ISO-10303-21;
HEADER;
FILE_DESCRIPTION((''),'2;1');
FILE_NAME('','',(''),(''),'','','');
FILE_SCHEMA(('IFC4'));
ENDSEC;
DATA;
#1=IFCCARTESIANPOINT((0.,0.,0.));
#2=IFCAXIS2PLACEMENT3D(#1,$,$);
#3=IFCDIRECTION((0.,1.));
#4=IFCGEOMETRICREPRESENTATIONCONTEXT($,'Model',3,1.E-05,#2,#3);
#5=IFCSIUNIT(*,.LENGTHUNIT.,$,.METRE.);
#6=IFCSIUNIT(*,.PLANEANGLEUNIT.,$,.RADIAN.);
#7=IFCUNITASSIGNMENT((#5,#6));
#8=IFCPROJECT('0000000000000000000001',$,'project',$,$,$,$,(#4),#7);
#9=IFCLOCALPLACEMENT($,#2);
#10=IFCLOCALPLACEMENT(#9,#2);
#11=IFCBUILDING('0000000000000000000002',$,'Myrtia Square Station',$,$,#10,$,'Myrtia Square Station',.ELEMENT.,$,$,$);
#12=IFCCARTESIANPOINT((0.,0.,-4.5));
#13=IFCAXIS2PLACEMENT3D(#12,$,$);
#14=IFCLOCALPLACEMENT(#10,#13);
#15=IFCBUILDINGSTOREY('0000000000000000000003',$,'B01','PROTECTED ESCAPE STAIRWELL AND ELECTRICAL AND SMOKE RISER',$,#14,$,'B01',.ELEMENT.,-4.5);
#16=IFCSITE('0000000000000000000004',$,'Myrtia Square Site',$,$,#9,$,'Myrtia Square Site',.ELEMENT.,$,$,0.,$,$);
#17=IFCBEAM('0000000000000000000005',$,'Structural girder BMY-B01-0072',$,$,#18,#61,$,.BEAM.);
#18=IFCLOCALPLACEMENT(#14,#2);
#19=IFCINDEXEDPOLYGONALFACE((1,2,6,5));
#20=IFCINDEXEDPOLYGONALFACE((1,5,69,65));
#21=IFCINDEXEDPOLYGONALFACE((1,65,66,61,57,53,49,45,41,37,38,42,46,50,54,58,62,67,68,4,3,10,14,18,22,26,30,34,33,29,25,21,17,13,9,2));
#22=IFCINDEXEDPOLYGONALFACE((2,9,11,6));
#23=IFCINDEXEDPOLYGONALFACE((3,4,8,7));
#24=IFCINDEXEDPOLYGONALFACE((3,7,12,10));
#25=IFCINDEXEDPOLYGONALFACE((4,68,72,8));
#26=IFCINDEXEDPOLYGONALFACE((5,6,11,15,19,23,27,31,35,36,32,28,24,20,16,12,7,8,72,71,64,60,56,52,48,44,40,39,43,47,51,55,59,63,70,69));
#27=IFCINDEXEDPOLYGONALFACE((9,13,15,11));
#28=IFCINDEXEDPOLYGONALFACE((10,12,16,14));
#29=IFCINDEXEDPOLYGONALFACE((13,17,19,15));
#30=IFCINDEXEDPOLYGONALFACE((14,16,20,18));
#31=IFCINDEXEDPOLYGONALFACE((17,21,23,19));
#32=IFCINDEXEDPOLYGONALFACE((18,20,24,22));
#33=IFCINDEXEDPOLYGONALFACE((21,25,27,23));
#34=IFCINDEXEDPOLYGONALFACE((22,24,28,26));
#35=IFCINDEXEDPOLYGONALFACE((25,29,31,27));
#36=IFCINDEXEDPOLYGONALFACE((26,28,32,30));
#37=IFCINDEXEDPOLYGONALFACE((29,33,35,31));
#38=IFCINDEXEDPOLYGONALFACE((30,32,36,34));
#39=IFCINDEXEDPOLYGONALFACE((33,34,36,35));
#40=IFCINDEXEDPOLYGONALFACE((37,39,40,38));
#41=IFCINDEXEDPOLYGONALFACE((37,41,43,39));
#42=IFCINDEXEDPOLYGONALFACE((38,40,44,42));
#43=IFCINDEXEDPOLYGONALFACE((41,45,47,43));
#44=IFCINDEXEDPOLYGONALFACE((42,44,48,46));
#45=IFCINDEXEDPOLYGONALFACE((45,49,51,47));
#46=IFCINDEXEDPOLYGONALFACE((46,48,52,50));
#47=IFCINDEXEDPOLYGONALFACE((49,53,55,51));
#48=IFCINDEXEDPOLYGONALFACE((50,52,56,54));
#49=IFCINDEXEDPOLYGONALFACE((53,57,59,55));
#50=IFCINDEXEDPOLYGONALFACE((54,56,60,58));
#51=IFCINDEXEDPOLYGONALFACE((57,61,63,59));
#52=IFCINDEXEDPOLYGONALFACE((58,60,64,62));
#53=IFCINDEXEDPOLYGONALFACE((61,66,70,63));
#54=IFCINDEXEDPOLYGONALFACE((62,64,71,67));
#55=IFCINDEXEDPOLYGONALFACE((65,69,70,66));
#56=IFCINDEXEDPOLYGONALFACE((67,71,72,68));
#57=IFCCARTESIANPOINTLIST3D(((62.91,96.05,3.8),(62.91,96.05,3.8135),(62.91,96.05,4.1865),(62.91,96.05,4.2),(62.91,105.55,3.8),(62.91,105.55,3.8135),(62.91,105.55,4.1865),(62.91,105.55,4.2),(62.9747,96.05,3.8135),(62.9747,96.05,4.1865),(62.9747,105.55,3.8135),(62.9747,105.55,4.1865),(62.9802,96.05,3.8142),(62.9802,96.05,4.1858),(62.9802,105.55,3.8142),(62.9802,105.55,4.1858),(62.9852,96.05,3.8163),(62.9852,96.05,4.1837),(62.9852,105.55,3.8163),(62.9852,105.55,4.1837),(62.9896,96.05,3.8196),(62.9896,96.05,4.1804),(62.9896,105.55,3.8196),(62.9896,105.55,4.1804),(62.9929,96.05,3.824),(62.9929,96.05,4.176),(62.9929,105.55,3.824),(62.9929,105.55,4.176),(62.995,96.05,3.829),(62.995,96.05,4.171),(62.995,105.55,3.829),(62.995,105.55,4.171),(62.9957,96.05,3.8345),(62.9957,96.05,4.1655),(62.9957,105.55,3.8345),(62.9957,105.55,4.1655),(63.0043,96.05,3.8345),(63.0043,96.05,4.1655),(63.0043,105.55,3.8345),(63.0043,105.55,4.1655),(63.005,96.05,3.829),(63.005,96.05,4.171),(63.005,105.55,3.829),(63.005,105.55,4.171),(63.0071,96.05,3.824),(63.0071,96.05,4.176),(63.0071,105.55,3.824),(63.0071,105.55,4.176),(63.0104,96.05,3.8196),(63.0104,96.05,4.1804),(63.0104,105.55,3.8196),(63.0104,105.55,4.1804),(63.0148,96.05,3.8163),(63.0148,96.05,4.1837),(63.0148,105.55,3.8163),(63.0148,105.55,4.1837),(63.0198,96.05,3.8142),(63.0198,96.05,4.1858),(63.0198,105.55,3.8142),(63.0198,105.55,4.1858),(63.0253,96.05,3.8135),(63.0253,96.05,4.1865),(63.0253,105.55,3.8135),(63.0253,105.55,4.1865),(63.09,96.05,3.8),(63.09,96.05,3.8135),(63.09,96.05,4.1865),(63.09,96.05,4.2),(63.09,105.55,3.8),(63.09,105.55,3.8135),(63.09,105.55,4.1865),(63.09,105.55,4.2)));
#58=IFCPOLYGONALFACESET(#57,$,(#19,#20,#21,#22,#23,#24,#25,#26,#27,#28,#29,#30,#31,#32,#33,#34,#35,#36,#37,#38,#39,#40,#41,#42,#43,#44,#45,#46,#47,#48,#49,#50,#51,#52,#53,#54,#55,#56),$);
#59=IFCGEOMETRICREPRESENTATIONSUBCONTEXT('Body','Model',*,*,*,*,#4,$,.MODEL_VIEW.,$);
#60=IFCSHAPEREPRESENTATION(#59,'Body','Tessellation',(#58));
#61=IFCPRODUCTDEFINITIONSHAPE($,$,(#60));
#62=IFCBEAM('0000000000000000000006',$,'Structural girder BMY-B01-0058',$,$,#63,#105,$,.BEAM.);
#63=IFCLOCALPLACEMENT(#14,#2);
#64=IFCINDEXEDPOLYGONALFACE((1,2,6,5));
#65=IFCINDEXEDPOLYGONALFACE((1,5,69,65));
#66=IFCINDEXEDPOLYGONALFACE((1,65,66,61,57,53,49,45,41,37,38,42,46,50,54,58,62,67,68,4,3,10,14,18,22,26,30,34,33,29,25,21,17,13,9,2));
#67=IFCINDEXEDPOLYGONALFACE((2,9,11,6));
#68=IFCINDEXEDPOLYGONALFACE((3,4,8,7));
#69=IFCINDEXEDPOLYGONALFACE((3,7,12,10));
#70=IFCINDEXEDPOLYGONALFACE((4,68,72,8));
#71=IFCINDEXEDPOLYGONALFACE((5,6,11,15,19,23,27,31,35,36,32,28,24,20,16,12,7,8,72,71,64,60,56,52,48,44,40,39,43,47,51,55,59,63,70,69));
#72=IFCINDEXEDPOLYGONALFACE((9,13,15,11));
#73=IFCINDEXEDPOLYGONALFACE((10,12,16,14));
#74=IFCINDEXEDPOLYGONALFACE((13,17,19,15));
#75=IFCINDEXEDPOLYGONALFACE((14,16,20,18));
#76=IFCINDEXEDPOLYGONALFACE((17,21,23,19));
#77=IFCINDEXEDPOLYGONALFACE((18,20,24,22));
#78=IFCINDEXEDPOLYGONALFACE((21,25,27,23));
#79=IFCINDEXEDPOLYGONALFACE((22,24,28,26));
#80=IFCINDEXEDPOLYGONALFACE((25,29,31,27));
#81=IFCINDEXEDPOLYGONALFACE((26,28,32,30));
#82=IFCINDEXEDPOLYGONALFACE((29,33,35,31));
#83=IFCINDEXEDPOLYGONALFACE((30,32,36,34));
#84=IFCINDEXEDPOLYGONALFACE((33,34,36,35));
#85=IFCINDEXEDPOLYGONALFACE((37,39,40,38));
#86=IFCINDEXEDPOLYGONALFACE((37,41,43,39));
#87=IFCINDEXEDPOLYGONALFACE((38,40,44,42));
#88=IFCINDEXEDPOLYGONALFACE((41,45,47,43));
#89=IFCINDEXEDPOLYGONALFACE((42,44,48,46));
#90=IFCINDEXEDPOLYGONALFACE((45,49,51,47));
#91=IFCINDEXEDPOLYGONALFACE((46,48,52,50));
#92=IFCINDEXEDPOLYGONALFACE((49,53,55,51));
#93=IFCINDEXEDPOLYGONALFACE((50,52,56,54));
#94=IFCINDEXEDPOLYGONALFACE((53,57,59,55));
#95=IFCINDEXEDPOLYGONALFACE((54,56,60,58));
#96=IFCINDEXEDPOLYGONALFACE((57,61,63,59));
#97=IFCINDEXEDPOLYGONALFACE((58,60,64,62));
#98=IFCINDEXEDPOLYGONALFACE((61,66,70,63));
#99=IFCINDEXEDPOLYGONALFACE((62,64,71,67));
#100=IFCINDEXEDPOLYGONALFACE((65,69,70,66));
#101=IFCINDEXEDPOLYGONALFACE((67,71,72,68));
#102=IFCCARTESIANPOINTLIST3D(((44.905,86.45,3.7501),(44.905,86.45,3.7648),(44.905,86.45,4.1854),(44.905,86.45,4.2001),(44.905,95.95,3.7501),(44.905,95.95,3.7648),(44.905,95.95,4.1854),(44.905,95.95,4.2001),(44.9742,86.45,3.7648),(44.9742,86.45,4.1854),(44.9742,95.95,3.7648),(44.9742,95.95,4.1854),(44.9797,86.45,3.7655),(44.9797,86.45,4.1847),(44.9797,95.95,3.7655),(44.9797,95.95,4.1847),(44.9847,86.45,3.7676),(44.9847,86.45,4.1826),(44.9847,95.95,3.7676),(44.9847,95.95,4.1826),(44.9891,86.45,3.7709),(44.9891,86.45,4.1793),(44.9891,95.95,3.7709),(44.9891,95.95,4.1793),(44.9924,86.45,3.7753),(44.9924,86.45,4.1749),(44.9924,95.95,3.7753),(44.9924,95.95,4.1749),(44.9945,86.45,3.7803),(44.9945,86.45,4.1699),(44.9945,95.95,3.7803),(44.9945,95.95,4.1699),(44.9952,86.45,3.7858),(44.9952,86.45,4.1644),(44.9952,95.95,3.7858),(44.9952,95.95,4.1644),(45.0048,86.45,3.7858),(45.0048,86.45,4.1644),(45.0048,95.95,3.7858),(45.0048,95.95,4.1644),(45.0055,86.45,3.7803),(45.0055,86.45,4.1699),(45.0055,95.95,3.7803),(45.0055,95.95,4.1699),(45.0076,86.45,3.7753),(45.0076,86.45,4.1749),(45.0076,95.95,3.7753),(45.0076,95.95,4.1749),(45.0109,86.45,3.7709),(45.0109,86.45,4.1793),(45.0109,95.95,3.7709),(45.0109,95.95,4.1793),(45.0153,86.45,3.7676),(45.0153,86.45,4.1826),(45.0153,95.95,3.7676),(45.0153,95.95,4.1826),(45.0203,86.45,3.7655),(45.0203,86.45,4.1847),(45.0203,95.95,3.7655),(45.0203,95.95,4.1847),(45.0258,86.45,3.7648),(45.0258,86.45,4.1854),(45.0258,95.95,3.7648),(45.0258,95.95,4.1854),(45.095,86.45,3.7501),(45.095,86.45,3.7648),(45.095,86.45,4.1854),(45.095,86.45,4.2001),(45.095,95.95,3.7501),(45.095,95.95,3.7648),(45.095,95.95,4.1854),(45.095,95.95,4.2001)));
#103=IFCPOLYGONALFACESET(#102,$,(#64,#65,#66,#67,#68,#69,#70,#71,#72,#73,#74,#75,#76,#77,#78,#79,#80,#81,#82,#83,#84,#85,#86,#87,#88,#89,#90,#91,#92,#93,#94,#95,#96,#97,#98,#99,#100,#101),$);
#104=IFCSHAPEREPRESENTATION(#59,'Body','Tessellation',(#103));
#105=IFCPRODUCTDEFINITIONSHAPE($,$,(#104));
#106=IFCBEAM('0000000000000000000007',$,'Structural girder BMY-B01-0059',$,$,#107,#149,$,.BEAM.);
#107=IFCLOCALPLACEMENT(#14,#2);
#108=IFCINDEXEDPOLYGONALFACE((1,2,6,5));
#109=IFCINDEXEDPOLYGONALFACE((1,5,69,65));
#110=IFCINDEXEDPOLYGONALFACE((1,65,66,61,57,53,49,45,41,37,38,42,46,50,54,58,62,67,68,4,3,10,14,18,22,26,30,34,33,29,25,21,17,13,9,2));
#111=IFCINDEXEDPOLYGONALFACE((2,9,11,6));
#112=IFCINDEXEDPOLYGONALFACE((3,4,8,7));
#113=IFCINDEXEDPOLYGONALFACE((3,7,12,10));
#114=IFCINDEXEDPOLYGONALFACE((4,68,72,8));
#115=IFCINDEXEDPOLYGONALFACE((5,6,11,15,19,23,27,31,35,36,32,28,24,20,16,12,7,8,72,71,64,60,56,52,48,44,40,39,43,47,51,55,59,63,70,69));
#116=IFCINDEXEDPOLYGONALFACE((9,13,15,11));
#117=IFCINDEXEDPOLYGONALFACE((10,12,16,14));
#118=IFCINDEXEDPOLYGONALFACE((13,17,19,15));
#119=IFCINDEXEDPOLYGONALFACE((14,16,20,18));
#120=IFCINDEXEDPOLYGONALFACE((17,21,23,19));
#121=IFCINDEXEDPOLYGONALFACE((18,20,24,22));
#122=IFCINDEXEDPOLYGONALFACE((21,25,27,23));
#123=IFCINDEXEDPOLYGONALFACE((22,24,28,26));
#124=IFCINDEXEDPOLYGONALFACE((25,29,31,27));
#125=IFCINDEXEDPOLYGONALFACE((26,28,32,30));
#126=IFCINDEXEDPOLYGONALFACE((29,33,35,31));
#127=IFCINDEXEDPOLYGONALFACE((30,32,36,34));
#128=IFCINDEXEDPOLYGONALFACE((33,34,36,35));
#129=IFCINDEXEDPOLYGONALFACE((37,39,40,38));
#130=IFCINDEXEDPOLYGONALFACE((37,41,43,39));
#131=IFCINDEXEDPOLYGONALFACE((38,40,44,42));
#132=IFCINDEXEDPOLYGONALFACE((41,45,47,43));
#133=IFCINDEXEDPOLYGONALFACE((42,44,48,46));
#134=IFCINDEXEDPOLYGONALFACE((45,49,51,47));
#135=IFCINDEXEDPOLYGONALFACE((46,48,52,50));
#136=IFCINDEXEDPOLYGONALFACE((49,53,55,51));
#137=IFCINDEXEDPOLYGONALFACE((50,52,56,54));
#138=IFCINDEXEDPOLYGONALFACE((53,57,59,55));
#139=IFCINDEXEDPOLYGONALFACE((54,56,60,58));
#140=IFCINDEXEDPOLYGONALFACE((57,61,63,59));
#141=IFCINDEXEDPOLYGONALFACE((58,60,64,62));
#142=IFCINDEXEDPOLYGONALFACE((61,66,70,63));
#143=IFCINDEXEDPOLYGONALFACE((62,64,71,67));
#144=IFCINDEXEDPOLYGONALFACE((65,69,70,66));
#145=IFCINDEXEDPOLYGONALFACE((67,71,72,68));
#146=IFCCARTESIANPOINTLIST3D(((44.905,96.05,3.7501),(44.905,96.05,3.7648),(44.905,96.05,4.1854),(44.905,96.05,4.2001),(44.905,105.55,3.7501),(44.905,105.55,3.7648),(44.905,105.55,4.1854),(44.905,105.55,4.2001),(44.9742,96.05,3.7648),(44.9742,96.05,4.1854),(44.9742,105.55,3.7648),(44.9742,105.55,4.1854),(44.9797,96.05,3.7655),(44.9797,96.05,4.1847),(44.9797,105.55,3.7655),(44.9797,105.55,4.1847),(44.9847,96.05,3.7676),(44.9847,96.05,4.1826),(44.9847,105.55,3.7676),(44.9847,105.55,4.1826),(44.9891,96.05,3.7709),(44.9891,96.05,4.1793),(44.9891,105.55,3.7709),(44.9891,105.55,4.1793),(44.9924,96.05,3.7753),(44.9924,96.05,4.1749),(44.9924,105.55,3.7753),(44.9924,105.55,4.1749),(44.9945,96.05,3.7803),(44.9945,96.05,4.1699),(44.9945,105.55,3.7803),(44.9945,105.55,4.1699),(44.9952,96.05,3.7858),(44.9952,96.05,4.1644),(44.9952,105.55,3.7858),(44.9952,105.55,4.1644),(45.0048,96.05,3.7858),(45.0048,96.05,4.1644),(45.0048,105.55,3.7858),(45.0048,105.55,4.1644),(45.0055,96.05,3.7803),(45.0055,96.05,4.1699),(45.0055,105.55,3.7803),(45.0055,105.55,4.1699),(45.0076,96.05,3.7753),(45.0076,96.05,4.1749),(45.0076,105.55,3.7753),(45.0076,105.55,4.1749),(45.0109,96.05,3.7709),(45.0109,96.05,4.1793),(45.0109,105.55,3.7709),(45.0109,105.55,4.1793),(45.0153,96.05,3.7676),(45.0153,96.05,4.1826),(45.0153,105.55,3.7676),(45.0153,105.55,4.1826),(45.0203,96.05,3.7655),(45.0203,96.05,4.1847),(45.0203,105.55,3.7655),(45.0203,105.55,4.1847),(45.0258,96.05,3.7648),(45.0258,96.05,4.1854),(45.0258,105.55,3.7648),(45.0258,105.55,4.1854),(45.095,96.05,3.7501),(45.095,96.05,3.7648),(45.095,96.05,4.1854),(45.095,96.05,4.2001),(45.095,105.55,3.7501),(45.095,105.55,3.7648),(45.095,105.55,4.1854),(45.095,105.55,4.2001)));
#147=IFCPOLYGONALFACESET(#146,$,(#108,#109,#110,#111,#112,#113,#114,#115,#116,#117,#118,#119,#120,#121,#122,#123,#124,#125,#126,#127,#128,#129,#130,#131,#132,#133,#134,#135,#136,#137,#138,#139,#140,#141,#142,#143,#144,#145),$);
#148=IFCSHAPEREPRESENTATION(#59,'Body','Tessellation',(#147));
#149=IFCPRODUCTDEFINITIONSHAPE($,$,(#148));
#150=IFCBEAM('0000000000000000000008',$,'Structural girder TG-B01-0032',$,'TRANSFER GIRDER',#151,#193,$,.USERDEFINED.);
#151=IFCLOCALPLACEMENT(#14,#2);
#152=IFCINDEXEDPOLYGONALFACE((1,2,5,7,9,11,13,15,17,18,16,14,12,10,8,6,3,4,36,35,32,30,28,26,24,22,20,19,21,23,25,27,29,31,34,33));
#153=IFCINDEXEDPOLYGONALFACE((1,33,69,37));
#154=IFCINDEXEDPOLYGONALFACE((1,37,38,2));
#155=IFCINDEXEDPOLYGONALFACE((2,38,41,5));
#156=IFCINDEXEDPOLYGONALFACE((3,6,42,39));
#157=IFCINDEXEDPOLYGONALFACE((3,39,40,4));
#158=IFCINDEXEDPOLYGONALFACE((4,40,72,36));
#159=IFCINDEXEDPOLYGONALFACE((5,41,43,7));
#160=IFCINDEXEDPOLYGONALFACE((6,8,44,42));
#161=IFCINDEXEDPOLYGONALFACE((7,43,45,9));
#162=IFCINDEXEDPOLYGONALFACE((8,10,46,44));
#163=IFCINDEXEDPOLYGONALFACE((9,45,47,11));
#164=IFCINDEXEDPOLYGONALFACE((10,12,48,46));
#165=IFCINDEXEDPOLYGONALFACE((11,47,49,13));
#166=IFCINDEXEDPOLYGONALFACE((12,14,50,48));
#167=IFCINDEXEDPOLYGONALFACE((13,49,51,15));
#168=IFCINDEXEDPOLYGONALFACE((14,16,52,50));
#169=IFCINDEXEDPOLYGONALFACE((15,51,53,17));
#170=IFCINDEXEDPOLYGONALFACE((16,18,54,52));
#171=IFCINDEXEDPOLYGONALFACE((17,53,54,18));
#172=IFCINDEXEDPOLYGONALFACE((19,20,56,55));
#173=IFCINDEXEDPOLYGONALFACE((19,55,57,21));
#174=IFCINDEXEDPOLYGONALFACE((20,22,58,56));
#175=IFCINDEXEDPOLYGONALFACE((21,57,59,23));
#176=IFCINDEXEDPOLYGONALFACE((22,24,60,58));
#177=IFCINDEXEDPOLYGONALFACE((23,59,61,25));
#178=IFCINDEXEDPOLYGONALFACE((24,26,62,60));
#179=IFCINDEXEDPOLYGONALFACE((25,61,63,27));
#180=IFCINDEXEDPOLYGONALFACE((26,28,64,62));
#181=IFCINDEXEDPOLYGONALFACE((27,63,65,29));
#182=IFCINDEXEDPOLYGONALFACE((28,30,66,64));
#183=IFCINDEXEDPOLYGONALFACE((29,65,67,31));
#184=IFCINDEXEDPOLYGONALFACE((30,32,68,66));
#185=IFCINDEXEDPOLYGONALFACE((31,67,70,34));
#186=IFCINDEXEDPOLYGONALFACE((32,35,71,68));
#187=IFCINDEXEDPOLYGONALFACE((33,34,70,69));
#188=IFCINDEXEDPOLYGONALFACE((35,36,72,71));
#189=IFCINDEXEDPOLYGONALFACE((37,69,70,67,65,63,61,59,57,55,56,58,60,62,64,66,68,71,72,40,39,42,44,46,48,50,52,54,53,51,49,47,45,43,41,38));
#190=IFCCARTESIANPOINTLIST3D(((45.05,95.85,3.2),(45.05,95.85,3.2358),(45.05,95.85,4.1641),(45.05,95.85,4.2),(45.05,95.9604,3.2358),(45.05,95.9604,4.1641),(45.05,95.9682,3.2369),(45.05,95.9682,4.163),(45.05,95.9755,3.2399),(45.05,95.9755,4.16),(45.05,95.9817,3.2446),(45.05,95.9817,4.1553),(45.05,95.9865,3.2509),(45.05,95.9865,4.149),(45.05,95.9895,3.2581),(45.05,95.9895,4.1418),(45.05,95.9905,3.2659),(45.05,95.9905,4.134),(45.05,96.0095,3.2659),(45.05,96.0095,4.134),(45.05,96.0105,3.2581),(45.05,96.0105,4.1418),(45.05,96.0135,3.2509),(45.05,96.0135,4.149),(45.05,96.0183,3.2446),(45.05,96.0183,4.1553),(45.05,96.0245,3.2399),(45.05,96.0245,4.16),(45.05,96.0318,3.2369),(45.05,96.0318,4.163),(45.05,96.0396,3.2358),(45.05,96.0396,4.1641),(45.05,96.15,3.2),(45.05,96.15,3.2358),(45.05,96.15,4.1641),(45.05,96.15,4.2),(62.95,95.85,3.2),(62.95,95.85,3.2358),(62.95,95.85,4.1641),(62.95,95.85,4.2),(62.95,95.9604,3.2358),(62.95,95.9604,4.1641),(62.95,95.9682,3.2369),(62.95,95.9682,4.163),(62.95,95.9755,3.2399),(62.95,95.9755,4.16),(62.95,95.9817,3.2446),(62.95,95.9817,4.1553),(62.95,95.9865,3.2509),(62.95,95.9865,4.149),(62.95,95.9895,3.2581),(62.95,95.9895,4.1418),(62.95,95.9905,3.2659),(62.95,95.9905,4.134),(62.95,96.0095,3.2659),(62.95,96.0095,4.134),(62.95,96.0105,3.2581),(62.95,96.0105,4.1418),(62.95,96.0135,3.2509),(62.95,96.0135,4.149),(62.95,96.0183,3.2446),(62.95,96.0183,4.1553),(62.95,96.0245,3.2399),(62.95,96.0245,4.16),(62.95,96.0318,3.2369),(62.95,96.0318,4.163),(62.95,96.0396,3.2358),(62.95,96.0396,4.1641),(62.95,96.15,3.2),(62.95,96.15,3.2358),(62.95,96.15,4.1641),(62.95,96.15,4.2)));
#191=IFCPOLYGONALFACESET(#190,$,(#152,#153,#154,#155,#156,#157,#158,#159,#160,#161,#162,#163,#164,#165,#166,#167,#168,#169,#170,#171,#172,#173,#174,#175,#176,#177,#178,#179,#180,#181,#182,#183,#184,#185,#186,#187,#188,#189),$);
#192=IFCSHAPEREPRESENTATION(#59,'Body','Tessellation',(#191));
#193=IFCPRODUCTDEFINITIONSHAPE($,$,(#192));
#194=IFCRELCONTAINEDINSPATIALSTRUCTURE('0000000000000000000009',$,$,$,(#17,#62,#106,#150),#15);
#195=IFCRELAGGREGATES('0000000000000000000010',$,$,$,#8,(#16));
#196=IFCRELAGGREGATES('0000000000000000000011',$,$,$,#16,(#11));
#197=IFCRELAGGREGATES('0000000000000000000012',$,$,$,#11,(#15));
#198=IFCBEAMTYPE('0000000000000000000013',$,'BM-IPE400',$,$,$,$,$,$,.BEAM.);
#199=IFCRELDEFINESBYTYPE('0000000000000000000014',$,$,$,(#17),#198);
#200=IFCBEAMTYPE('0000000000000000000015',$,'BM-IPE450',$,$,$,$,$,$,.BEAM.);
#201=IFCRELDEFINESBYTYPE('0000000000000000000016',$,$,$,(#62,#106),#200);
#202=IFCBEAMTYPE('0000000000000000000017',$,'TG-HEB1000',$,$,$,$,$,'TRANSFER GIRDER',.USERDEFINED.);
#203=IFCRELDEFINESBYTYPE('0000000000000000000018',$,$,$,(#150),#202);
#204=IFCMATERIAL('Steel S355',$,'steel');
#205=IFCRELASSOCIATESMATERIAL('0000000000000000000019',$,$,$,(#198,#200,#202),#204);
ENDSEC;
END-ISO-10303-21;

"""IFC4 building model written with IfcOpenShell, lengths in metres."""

from ifc_helpers import new_model, si_unit, direction, frame, origin, origin_2d, place, context, subcontext, project, spatial, i_section, extrude, material, material_profile, profile_set, type_object, element, save


model = new_model("IFC4")

# Units and contexts
model_context = context("Model", 3, precision=1e-05, world=origin(), true_north=direction((0.0, 1.0)))
body_context = subcontext(model_context, "Body", "Model", "MODEL_VIEW")
ifc_project = project(units=[si_unit("LENGTHUNIT", "METRE"), si_unit("PLANEANGLEUNIT", "RADIAN")], contexts=[model_context])

# Site, building, storey
site_placement = place(None, origin())
site = spatial("IfcSite", under=ifc_project, at=site_placement, Name="Myrtia Square Site", LongName="Myrtia Square Site", CompositionType="ELEMENT", RefElevation=0.0)
building_placement = place(site_placement, origin())
building = spatial("IfcBuilding", under=site, at=building_placement, Name="Myrtia Square Station", LongName="Myrtia Square Station", CompositionType="ELEMENT")
storey_placement = place(building_placement, frame((0.0, 0.0, -4.5)))
storey = spatial("IfcBuildingStorey", under=building, at=storey_placement, Name="B01", Description="PROTECTED ESCAPE STAIRWELL AND ELECTRICAL AND SMOKE RISER", LongName="B01", CompositionType="ELEMENT", Elevation=-4.5)

# Beams
ifc_material_1 = material(Name="Steel S355", Category="steel")
ifc_material_profile_1 = material_profile(ifc_material_1, i_section(OverallWidth=0.1799, OverallDepth=0.3999, WebThickness=0.0085, FlangeThickness=0.0134, FilletRadius=0.021, at=origin_2d()), Name="IPE 400")
ifc_profile_set_1 = profile_set([ifc_material_profile_1], Name="Steel S355")
beam_type_1 = type_object("IfcBeamType", Name="BM-IPE400", PredefinedType="BEAM", material=ifc_profile_set_1)
for number, where, z_axis, x_axis, name in (
    (1, (63.0, 96.05, 4.0), (0.0, 1.0, 0.0), (-1.0, 0.0, 0.0), "Structural girder BMY-B01-0072"),
):
    element("IfcBeam", number, at=place(storey_placement, frame(where, z_axis=z_axis, x_axis=x_axis)), inside=storey, type_object=beam_type_1, Name=name, PredefinedType="BEAM", context=body_context, shape_type="SweptSolid", body=[
        extrude(i_section(OverallWidth=0.1799, OverallDepth=0.3999, WebThickness=0.0085, FlangeThickness=0.0134, FilletRadius=0.021, at=origin_2d()), origin(), (0.0, 0.0, 1.0), 9.5),
    ])
ifc_material_profile_2 = material_profile(ifc_material_1, i_section(OverallWidth=0.1899, OverallDepth=0.45, WebThickness=0.0095, FlangeThickness=0.0146, FilletRadius=0.021, at=origin_2d()), Name="IPE 450")
ifc_profile_set_2 = profile_set([ifc_material_profile_2], Name="Steel S355")
beam_type_2 = type_object("IfcBeamType", Name="BM-IPE450", PredefinedType="BEAM", material=ifc_profile_set_2)
for number, where, z_axis, x_axis, name in (
    (2, (45.0, 86.45, 3.9751), (0.0, 1.0, 0.0), (-1.0, 0.0, 0.0), "Structural girder BMY-B01-0058"),
    (3, (45.0, 96.05, 3.9751), (0.0, 1.0, 0.0), (-1.0, 0.0, 0.0), "Structural girder BMY-B01-0059"),
):
    element("IfcBeam", number, at=place(storey_placement, frame(where, z_axis=z_axis, x_axis=x_axis)), inside=storey, type_object=beam_type_2, Name=name, PredefinedType="BEAM", context=body_context, shape_type="SweptSolid", body=[
        extrude(i_section(OverallWidth=0.1899, OverallDepth=0.45, WebThickness=0.0095, FlangeThickness=0.0146, FilletRadius=0.021, at=origin_2d()), origin(), (0.0, 0.0, 1.0), 9.5),
    ])
ifc_material_profile_3 = material_profile(ifc_material_1, i_section(OverallWidth=0.3, OverallDepth=1.0, WebThickness=0.019, FlangeThickness=0.0359, FilletRadius=0.03, at=origin_2d()), Name="HEB 1000")
ifc_profile_set_3 = profile_set([ifc_material_profile_3], Name="Steel S355")
beam_type_3 = type_object("IfcBeamType", Name="TG-HEB1000", ElementType="TRANSFER GIRDER", PredefinedType="USERDEFINED", material=ifc_profile_set_3)
for number, where, z_axis, x_axis, name in (
    (4, (45.05, 96.0, 3.7), (1.0, 0.0, 0.0), (0.0, 1.0, 0.0), "Structural girder TG-B01-0032"),
):
    element("IfcBeam", number, at=place(storey_placement, frame(where, z_axis=z_axis, x_axis=x_axis)), inside=storey, type_object=beam_type_3, Name=name, ObjectType="TRANSFER GIRDER", PredefinedType="USERDEFINED", context=body_context, shape_type="SweptSolid", body=[
        extrude(i_section(OverallWidth=0.3, OverallDepth=1.0, WebThickness=0.019, FlangeThickness=0.0359, FilletRadius=0.03, at=origin_2d()), origin(), (0.0, 0.0, 1.0), 17.8999),
    ])

save(model, "model.ifc")
